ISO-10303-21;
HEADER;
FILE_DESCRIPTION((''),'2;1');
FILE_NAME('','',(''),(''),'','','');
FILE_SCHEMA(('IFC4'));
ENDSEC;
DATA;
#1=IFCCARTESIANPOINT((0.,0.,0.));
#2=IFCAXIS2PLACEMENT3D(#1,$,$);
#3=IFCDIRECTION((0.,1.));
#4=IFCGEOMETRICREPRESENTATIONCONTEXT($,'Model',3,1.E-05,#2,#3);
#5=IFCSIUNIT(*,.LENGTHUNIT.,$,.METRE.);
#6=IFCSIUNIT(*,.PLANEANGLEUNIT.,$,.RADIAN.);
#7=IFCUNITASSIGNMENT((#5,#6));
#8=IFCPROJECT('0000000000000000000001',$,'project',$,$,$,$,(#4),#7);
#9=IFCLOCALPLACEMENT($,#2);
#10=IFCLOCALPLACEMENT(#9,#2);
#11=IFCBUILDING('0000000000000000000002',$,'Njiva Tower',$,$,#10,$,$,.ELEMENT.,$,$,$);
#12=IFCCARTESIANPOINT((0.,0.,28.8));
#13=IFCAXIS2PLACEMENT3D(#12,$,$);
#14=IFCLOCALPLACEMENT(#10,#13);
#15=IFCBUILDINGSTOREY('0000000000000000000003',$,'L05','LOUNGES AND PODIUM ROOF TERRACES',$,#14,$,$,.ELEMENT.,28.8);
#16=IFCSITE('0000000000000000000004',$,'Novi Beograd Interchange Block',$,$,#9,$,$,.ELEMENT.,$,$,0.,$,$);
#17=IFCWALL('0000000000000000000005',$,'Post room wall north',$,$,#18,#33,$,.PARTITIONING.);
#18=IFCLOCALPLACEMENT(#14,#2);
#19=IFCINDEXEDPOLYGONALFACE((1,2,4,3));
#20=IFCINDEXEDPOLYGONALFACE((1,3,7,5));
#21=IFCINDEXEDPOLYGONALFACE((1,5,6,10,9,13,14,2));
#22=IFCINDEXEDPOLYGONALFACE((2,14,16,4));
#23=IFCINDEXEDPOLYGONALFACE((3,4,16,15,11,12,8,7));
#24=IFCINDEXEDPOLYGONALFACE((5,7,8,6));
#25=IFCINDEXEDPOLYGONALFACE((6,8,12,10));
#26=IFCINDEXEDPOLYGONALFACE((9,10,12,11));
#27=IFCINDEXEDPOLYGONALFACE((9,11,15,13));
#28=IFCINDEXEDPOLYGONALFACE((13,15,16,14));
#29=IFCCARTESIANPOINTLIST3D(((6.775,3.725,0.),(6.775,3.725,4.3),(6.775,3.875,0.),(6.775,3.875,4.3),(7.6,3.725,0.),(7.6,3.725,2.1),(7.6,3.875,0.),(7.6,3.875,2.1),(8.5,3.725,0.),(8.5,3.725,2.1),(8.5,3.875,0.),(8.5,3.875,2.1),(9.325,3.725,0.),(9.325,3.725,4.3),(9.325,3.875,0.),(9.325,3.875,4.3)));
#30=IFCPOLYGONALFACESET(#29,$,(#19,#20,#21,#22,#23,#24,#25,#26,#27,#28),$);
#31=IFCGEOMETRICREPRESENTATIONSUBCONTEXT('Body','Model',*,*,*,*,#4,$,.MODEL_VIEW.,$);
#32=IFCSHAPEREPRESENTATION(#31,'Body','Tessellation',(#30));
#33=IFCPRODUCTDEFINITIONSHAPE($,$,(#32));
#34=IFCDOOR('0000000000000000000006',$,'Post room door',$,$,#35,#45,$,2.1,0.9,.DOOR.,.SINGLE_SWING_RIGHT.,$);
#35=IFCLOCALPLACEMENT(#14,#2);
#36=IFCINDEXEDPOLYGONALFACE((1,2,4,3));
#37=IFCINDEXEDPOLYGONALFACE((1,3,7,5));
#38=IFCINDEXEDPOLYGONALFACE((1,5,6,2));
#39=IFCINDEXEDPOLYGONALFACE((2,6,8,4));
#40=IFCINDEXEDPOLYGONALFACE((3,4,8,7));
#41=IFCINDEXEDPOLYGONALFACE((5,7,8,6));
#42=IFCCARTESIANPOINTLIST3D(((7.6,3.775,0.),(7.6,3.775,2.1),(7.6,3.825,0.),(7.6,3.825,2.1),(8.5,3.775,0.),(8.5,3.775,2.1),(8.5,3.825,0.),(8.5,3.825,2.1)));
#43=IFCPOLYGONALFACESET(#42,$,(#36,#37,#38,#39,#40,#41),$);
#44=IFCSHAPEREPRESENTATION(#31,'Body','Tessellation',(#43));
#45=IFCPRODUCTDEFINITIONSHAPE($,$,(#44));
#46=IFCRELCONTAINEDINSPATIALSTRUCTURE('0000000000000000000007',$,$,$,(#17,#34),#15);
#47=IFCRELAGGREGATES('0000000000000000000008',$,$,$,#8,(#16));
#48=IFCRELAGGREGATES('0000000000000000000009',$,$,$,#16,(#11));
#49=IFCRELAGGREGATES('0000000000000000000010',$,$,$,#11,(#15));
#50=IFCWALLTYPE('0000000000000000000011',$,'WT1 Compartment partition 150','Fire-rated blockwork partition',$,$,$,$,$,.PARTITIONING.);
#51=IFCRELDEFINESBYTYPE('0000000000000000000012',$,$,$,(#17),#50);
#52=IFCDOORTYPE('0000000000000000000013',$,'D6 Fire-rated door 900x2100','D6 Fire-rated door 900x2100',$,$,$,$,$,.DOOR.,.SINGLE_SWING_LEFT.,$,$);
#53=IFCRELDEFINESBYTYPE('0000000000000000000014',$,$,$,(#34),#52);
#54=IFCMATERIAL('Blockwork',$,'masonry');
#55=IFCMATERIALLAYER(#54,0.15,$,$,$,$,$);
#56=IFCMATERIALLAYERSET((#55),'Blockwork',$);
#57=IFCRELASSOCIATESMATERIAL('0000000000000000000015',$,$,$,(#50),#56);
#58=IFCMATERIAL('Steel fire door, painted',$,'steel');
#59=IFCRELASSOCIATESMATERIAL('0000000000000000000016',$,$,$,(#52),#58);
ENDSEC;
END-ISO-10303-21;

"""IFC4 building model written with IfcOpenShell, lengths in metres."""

from ifc_helpers import new_model, si_unit, direction, frame, frame_2d, origin, place, context, subcontext, project, spatial, rectangle, extrude, material, layer, layer_set, type_object, element, fill, save


model = new_model("IFC4")

# Units and contexts
model_context = context("Model", 3, precision=1e-05, world=origin(), true_north=direction((0.0, 1.0)))
body_context = subcontext(model_context, "Body", "Model", "MODEL_VIEW")
ifc_project = project(units=[si_unit("LENGTHUNIT", "METRE"), si_unit("PLANEANGLEUNIT", "RADIAN")], contexts=[model_context])

# Site, building, storey
site_placement = place(None, origin())
site = spatial("IfcSite", under=ifc_project, at=site_placement, Name="Novi Beograd Interchange Block", CompositionType="ELEMENT", RefElevation=0.0)
building_placement = place(site_placement, origin())
building = spatial("IfcBuilding", under=site, at=building_placement, Name="Njiva Tower", CompositionType="ELEMENT")
storey_placement = place(building_placement, frame((0.0, 0.0, 28.8)))
storey = spatial("IfcBuildingStorey", under=building, at=storey_placement, Name="L05", Description="LOUNGES AND PODIUM ROOF TERRACES", CompositionType="ELEMENT", Elevation=28.8)

# Shared definitions
ifc_material_1 = material(Name="Blockwork", Category="masonry")
ifc_layer_1 = layer(ifc_material_1, 0.15)
ifc_layer_set_1 = layer_set([ifc_layer_1], Name="Blockwork")
wall_type = type_object("IfcWallType", Name="WT1 Compartment partition 150", Description="Fire-rated blockwork partition", PredefinedType="PARTITIONING", material=ifc_layer_set_1)

# Shared definitions
ifc_material_2 = material(Name="Steel fire door, painted", Category="steel")
door_type = type_object("IfcDoorType", Name="D6 Fire-rated door 900x2100", Description="D6 Fire-rated door 900x2100", OperationType="SINGLE_SWING_LEFT", PredefinedType="DOOR", material=ifc_material_2)

# Wall, opening, door
wall_1_placement = place(storey_placement, frame((6.775, 3.8, 0.0), z_axis=(0.0, 0.0, 1.0), x_axis=(1.0, 0.0, 0.0)))
wall_1 = element("IfcWall", 1, at=wall_1_placement, inside=storey, type_object=wall_type, Name="Post room wall north", PredefinedType="PARTITIONING", context=body_context, shape_type="SweptSolid", body=[
    extrude(rectangle(XDim=2.55, YDim=0.15, at=frame_2d((1.275, 0.0))), origin(), (0.0, 0.0, 1.0), 4.3),
])
opening_1_placement = place(wall_1_placement, frame((0.825, 0.0, 0.0)))
opening_1 = element("IfcOpeningElement", 2, at=opening_1_placement, cuts=wall_1, PredefinedType="OPENING", context=body_context, shape_type="SweptSolid", body=[
    extrude(rectangle(XDim=0.9, YDim=2.1, at=frame_2d((0.45, 1.05))), frame((0.0, 0.085, 0.0), z_axis=(0.0, -1.0, 0.0), x_axis=(1.0, 0.0, 0.0)), (0.0, 0.0, 1.0), 0.17),
])
door_1_placement = place(opening_1_placement, origin())
door_1 = element("IfcDoor", 3, at=door_1_placement, inside=storey, type_object=door_type, Name="Post room door", OperationType="SINGLE_SWING_RIGHT", OverallHeight=2.1, OverallWidth=0.9, PredefinedType="DOOR", context=body_context, shape_type="SweptSolid", body=[
    extrude(rectangle(XDim=0.9, YDim=2.1, at=frame_2d((0.45, 1.05))), frame((0.0, 0.025, 0.0), z_axis=(0.0, -1.0, 0.0), x_axis=(1.0, 0.0, 0.0)), (0.0, 0.0, 1.0), 0.05),
])
fill(opening_1, door_1)

save(model, "model.ifc")
